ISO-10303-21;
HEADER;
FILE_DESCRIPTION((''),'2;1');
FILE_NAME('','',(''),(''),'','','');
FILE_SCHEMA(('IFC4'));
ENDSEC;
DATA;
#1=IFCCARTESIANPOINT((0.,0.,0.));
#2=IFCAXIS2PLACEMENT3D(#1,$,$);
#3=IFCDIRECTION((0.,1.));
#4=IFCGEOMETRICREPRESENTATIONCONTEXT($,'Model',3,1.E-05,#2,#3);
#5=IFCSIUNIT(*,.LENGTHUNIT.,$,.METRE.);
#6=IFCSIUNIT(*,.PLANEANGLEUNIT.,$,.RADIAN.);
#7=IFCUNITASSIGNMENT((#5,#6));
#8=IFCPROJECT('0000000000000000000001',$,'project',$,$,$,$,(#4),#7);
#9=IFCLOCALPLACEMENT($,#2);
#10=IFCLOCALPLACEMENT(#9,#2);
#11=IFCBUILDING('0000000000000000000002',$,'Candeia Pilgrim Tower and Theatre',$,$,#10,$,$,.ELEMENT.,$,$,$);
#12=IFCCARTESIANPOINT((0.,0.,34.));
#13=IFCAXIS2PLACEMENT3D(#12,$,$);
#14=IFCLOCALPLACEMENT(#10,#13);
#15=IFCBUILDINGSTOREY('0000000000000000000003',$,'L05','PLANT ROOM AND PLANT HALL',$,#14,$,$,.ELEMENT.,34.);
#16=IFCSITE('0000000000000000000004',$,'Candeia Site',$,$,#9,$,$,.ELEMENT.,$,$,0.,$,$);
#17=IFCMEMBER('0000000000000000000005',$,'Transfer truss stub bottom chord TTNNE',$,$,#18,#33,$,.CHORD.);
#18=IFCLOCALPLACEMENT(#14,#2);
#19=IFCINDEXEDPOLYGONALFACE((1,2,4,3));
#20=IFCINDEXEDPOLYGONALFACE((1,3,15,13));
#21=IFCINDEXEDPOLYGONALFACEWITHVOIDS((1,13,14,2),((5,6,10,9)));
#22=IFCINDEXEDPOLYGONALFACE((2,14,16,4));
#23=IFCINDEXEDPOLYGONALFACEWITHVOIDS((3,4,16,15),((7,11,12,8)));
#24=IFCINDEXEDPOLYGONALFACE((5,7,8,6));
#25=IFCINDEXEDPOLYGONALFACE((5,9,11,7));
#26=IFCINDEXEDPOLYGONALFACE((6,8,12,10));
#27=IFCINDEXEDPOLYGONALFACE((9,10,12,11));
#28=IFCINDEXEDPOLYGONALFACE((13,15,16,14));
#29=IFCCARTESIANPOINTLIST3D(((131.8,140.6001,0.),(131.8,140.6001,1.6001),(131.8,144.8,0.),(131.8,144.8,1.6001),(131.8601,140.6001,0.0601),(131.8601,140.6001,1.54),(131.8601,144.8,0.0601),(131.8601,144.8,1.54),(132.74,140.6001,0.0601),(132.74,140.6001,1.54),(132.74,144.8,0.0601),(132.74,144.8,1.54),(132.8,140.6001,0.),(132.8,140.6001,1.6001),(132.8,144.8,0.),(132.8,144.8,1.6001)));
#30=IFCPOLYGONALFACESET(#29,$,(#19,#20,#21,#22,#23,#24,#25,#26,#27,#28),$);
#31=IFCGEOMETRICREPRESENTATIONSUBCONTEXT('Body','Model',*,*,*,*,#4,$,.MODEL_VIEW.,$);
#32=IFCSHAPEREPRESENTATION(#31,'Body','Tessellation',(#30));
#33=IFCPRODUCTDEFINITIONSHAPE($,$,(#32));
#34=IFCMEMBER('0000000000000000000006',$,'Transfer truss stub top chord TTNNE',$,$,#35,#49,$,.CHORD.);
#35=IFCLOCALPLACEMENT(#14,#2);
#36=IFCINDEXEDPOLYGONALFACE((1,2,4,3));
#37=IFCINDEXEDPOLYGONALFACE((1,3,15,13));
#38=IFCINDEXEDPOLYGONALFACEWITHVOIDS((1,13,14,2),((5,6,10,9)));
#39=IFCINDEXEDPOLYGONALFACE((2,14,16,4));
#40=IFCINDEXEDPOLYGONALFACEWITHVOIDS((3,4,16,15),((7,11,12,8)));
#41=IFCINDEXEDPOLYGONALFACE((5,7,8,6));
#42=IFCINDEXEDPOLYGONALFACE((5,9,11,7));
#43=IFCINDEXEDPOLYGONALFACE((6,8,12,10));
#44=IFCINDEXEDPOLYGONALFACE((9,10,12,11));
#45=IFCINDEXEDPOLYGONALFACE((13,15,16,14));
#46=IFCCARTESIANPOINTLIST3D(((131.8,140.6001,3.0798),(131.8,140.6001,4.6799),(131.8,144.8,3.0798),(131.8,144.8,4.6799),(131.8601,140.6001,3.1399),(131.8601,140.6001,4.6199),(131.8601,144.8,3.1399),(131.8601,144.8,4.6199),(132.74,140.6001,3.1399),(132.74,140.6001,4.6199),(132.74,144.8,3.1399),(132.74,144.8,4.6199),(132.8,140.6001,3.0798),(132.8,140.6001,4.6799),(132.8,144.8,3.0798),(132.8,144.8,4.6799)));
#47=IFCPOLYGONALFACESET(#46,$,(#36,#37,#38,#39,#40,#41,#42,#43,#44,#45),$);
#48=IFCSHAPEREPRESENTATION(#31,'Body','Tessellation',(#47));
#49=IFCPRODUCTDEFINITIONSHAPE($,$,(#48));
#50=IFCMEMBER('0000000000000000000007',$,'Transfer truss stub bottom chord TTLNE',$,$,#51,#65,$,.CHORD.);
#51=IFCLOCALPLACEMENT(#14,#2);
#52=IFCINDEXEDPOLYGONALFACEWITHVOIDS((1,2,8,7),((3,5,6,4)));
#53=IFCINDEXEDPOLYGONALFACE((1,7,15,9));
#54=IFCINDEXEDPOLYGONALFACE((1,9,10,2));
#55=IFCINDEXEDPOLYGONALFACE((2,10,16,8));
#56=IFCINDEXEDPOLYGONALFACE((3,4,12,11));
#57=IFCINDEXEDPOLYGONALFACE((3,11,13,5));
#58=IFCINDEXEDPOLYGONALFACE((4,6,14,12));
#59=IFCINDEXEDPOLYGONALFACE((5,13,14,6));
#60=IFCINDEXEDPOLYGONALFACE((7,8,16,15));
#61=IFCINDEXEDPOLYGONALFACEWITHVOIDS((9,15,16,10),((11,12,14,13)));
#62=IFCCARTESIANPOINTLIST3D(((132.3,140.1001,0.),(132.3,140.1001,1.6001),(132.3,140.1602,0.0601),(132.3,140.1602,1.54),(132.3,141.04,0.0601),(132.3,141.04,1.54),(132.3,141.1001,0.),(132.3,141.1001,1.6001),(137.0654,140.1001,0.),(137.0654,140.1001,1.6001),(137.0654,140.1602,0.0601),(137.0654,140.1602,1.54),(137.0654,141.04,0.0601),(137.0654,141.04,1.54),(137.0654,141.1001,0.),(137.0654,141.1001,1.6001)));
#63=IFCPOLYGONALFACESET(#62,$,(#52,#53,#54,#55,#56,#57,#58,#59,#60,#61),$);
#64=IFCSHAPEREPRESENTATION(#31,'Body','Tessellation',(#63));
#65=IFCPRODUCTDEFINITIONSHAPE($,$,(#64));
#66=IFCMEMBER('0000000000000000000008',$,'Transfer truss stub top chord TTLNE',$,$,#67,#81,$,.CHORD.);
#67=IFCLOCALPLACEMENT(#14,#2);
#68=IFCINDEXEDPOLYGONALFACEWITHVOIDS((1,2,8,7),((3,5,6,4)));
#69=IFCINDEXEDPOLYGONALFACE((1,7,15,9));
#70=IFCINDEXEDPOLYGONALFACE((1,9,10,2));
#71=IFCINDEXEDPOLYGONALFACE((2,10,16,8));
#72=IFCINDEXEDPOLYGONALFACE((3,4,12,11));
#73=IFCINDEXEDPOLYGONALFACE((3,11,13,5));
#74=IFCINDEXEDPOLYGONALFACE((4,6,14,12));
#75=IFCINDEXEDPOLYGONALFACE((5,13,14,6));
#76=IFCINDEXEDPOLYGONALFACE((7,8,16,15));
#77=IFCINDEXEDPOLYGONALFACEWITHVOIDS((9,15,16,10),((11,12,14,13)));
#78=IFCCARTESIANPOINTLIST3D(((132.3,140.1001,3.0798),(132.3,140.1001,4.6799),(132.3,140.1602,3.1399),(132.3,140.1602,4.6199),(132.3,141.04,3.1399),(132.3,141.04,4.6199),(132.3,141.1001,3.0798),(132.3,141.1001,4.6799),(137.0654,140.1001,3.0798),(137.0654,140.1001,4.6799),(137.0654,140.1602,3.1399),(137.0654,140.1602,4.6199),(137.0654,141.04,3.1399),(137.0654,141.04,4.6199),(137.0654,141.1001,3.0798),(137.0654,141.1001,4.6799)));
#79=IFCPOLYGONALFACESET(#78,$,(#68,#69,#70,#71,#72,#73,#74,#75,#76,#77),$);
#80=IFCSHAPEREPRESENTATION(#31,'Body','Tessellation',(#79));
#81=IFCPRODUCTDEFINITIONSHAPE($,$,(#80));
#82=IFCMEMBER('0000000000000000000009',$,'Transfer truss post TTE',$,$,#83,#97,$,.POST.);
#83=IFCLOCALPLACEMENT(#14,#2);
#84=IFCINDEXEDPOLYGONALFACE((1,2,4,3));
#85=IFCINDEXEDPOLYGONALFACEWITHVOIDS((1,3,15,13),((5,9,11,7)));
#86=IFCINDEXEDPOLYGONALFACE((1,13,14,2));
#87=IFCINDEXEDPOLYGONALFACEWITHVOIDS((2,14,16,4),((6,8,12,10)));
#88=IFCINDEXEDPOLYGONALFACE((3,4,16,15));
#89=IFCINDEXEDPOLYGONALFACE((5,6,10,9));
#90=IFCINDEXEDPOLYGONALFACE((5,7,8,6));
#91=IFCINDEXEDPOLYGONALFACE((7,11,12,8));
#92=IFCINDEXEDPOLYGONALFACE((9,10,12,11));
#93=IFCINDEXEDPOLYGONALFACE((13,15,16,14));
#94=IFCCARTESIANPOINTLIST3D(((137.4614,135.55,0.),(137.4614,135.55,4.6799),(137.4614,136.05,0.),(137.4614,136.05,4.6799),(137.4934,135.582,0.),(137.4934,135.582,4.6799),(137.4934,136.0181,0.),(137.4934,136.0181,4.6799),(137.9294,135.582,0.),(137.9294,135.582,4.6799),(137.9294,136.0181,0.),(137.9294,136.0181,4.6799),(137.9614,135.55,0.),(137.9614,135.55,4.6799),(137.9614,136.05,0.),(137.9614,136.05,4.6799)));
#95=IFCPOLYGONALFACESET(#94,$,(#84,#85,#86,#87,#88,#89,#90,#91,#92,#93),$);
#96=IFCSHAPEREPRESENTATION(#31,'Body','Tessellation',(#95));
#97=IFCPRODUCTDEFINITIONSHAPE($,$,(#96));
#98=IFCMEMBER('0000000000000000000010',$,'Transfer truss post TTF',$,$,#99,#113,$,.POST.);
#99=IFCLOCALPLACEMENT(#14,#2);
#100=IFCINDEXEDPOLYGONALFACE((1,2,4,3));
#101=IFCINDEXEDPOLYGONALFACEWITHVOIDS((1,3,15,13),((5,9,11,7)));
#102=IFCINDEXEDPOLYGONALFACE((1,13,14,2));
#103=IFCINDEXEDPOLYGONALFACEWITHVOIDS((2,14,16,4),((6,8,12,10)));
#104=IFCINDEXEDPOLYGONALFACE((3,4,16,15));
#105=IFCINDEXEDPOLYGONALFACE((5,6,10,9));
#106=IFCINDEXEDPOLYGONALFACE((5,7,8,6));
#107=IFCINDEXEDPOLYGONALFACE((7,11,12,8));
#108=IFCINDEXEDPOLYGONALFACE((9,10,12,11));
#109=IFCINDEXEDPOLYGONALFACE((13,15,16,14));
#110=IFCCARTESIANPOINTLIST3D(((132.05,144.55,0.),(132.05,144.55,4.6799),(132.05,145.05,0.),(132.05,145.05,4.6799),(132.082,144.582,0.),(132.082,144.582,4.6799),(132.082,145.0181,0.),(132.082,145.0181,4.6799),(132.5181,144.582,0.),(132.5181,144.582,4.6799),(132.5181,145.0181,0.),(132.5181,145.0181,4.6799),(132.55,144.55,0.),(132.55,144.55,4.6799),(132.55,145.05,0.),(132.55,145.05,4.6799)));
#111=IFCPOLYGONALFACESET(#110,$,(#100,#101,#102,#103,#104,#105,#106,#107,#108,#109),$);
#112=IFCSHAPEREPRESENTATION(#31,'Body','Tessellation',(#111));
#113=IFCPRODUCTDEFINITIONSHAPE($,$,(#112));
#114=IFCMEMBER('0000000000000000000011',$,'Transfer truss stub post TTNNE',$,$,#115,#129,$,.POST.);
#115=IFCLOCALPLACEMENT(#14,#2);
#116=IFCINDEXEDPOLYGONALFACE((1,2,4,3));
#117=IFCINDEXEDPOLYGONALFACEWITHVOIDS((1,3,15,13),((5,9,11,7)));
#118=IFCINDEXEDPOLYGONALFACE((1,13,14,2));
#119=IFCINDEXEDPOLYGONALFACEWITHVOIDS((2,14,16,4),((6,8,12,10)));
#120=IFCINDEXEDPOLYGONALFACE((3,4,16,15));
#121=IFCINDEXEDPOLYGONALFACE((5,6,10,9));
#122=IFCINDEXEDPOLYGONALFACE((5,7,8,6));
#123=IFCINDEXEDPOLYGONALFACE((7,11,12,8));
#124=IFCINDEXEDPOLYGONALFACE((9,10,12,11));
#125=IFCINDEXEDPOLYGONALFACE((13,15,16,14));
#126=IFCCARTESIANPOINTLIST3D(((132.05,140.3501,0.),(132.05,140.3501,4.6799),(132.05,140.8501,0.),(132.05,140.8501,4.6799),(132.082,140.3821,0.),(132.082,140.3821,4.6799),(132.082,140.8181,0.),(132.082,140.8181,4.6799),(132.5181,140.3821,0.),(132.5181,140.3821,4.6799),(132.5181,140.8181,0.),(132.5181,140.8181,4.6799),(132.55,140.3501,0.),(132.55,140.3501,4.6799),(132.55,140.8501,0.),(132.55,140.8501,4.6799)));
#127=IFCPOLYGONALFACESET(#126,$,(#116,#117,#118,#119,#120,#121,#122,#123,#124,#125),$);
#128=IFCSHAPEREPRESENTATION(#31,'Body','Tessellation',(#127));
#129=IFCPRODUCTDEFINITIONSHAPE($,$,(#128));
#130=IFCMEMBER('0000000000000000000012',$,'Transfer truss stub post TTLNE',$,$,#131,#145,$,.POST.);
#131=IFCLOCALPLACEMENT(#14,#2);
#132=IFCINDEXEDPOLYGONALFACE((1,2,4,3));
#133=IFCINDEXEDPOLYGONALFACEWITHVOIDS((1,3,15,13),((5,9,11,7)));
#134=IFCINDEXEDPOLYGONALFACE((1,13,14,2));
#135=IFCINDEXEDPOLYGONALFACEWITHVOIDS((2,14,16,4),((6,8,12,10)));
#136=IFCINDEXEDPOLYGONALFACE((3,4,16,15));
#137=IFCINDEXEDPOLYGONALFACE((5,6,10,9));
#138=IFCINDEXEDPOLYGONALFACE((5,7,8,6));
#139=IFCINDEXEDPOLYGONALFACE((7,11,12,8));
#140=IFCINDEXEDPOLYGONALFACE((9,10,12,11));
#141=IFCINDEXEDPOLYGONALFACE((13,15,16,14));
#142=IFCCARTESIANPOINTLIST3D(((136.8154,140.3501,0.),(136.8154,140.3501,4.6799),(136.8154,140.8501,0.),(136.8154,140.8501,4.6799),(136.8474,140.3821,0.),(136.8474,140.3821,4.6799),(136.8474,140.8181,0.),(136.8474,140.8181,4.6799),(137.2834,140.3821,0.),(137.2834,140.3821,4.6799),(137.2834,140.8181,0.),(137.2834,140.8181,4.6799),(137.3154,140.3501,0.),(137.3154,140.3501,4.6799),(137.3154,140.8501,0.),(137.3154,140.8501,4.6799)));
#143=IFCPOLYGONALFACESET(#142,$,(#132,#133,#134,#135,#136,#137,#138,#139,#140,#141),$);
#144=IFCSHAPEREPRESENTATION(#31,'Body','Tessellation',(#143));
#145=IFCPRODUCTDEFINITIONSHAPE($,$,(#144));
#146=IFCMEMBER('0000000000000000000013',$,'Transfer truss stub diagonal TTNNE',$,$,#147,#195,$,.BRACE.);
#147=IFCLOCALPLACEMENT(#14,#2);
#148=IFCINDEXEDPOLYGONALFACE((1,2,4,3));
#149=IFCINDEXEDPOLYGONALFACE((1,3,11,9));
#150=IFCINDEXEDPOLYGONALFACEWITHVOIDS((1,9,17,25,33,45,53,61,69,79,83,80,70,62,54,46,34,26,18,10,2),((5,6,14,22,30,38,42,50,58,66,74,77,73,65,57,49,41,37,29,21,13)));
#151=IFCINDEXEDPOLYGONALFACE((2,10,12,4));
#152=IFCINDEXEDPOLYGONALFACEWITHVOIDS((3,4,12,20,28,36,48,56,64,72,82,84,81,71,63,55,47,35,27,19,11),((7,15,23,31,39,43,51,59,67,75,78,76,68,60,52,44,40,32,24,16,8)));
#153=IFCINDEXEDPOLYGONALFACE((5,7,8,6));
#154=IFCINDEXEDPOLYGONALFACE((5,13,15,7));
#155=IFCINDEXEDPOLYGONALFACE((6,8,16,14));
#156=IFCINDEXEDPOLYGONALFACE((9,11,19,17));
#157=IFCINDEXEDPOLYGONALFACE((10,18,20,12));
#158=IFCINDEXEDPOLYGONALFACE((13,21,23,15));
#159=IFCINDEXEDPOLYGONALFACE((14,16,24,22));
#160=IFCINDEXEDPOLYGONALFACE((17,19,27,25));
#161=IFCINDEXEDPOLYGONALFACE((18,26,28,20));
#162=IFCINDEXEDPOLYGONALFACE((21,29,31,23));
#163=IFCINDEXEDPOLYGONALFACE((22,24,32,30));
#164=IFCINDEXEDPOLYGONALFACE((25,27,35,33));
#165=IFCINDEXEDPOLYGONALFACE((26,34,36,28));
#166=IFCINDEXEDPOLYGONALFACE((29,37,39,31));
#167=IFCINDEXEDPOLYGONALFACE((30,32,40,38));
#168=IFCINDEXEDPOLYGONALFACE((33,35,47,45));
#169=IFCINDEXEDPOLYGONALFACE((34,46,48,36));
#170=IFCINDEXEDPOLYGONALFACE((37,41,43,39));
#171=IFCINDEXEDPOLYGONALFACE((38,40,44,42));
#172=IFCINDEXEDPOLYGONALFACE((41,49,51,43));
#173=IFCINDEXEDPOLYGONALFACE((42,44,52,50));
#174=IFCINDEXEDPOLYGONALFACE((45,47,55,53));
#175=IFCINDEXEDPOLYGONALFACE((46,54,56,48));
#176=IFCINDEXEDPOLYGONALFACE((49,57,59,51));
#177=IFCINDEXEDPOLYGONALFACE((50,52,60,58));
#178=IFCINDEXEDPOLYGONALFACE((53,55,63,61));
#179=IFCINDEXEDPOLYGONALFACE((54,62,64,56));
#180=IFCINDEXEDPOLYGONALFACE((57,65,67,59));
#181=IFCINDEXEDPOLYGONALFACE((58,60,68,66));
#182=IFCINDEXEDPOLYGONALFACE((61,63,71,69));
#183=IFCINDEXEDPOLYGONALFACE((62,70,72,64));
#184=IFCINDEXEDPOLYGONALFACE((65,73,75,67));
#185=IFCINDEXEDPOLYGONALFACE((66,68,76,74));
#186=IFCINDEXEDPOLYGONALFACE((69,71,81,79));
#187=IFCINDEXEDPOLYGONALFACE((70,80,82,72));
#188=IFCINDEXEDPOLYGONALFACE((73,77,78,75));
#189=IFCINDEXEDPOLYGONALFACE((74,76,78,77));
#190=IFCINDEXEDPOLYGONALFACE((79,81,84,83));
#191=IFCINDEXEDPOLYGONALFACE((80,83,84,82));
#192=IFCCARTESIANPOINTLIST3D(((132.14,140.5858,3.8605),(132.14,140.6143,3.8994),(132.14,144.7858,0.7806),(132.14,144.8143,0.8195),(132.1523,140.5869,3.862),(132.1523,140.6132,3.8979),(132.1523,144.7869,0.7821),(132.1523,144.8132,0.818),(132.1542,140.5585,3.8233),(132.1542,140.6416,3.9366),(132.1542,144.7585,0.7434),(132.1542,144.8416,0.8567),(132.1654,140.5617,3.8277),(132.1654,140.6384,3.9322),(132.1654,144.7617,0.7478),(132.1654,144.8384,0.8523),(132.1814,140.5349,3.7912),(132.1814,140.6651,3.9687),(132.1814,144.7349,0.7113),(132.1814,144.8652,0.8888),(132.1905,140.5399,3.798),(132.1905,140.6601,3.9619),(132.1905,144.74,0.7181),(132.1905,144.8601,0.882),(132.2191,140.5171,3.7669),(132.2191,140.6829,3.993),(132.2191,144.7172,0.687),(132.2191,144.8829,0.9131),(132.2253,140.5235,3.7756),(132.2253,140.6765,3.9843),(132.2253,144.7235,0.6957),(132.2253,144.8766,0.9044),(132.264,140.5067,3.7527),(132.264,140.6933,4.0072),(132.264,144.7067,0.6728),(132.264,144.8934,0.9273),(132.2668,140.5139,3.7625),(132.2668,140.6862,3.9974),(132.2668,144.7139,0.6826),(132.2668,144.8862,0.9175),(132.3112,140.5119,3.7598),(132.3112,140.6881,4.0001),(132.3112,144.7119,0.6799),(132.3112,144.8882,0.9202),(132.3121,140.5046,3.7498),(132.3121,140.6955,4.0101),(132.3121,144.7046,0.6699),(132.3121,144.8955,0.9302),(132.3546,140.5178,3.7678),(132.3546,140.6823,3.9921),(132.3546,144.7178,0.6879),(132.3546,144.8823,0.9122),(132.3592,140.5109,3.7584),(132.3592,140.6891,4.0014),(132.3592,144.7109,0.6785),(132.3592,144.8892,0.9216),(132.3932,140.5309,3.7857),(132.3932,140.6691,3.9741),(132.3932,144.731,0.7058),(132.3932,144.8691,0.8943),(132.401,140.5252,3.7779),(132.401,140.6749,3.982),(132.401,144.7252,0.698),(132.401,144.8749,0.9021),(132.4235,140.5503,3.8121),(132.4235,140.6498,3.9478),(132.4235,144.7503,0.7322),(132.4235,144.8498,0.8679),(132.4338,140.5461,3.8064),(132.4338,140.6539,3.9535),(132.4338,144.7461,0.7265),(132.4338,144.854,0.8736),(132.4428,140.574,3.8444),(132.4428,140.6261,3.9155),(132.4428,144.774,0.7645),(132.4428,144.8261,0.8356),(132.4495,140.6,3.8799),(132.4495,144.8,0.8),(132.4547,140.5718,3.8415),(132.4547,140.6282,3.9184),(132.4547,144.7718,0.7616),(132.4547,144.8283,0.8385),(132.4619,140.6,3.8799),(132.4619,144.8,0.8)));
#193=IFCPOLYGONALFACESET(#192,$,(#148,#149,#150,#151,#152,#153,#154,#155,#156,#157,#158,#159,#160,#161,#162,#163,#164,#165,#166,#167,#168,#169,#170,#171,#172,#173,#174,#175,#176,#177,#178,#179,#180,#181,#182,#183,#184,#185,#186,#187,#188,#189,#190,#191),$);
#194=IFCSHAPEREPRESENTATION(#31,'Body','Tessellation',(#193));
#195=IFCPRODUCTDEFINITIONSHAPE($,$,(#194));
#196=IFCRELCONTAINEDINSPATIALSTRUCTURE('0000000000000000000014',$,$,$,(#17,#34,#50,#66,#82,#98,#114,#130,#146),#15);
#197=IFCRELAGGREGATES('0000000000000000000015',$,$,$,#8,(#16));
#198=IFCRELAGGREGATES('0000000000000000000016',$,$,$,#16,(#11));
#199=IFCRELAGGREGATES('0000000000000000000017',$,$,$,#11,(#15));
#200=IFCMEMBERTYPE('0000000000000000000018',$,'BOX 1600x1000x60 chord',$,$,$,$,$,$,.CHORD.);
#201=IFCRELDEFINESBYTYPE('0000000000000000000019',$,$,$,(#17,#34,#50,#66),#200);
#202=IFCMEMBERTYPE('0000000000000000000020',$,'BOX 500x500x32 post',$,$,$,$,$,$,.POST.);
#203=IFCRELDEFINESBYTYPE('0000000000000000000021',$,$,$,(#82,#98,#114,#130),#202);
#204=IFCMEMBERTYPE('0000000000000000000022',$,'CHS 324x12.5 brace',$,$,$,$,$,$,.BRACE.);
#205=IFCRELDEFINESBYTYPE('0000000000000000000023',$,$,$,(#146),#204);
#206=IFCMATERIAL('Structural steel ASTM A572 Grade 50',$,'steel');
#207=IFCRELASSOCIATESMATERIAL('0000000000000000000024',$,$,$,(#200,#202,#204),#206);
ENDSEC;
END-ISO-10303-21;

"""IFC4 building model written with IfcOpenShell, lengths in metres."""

from ifc_helpers import new_model, si_unit, direction, frame, origin, origin_2d, place, context, subcontext, project, spatial, hollow_rectangle, hollow_circle, extrude, material, material_profile, profile_set, type_object, element, save


model = new_model("IFC4")

# Units and contexts
model_context = context("Model", 3, precision=1e-05, world=origin(), true_north=direction((0.0, 1.0)))
body_context = subcontext(model_context, "Body", "Model", "MODEL_VIEW")
ifc_project = project(units=[si_unit("LENGTHUNIT", "METRE"), si_unit("PLANEANGLEUNIT", "RADIAN")], contexts=[model_context])

# Site, building, storey
site_placement = place(None, origin())
site = spatial("IfcSite", under=ifc_project, at=site_placement, Name="Candeia Site", CompositionType="ELEMENT", RefElevation=0.0)
building_placement = place(site_placement, origin())
building = spatial("IfcBuilding", under=site, at=building_placement, Name="Candeia Pilgrim Tower and Theatre", CompositionType="ELEMENT")
storey_placement = place(building_placement, frame((0.0, 0.0, 34.0)))
storey = spatial("IfcBuildingStorey", under=building, at=storey_placement, Name="L05", Description="PLANT ROOM AND PLANT HALL", CompositionType="ELEMENT", Elevation=34.0)

# Members
ifc_material_1 = material(Name="Structural steel ASTM A572 Grade 50", Category="steel")
ifc_material_profile_1 = material_profile(ifc_material_1, hollow_rectangle(XDim=1.0, YDim=1.6001, WallThickness=0.0601, at=origin_2d()))
ifc_profile_set_1 = profile_set([ifc_material_profile_1], Name="Structural steel ASTM A572 Grade 50")
member_type_1 = type_object("IfcMemberType", Name="BOX 1600x1000x60 chord", PredefinedType="CHORD", material=ifc_profile_set_1)
for number, where, z_axis, x_axis, name in (
    (1, (132.3, 144.8, 0.8), (0.0, -1.0, 0.0), (1.0, 0.0, 0.0), "Transfer truss stub bottom chord TTNNE"),
    (2, (132.3, 144.8, 3.8799), (0.0, -1.0, 0.0), (1.0, 0.0, 0.0), "Transfer truss stub top chord TTNNE"),
):
    element("IfcMember", number, at=place(storey_placement, frame(where, z_axis=z_axis, x_axis=x_axis)), inside=storey, type_object=member_type_1, Name=name, PredefinedType="CHORD", context=body_context, shape_type="SweptSolid", body=[
        extrude(hollow_rectangle(XDim=1.0, YDim=1.6001, WallThickness=0.0601, at=origin_2d()), origin(), (0.0, 0.0, 1.0), 4.2),
    ])
for number, where, z_axis, x_axis, name in (
    (3, (132.3, 140.6001, 0.8), (1.0, 0.0, 0.0), (0.0, 1.0, 0.0), "Transfer truss stub bottom chord TTLNE"),
    (4, (132.3, 140.6001, 3.8799), (1.0, 0.0, 0.0), (0.0, 1.0, 0.0), "Transfer truss stub top chord TTLNE"),
):
    element("IfcMember", number, at=place(storey_placement, frame(where, z_axis=z_axis, x_axis=x_axis)), inside=storey, type_object=member_type_1, Name=name, PredefinedType="CHORD", context=body_context, shape_type="SweptSolid", body=[
        extrude(hollow_rectangle(XDim=1.0, YDim=1.6001, WallThickness=0.0601, at=origin_2d()), origin(), (0.0, 0.0, 1.0), 4.7654),
    ])
ifc_material_profile_2 = material_profile(ifc_material_1, hollow_rectangle(XDim=0.5, YDim=0.5, WallThickness=0.032, at=origin_2d()))
ifc_profile_set_2 = profile_set([ifc_material_profile_2], Name="Structural steel ASTM A572 Grade 50")
member_type_2 = type_object("IfcMemberType", Name="BOX 500x500x32 post", PredefinedType="POST", material=ifc_profile_set_2)
for number, where, z_axis, x_axis, name in (
    (5, (137.7114, 135.8, 0.0), (0.0, 0.0, 1.0), (1.0, 0.0, 0.0), "Transfer truss post TTE"),
    (6, (132.3, 144.8, 0.0), (0.0, 0.0, 1.0), (1.0, 0.0, 0.0), "Transfer truss post TTF"),
    (7, (132.3, 140.6001, 0.0), (0.0, 0.0, 1.0), (1.0, 0.0, 0.0), "Transfer truss stub post TTNNE"),
    (8, (137.0654, 140.6001, 0.0), (0.0, 0.0, 1.0), (1.0, 0.0, 0.0), "Transfer truss stub post TTLNE"),
):
    element("IfcMember", number, at=place(storey_placement, frame(where, z_axis=z_axis, x_axis=x_axis)), inside=storey, type_object=member_type_2, Name=name, PredefinedType="POST", context=body_context, shape_type="SweptSolid", body=[
        extrude(hollow_rectangle(XDim=0.5, YDim=0.5, WallThickness=0.032, at=origin_2d()), origin(), (0.0, 0.0, 1.0), 4.6799),
    ])
ifc_material_profile_3 = material_profile(ifc_material_1, hollow_circle(Radius=0.1619, WallThickness=0.0125, at=origin_2d()))
ifc_profile_set_3 = profile_set([ifc_material_profile_3], Name="Structural steel ASTM A572 Grade 50")
member_type_3 = type_object("IfcMemberType", Name="CHS 324x12.5 brace", PredefinedType="BRACE", material=ifc_profile_set_3)
member_1_placement = place(storey_placement, frame((132.3, 144.8, 0.8), z_axis=(0.0, -0.806417, 0.591347), x_axis=(1.0, 0.0, 0.0)))
element("IfcMember", 9, at=member_1_placement, inside=storey, type_object=member_type_3, Name="Transfer truss stub diagonal TTNNE", PredefinedType="BRACE", context=body_context, shape_type="SweptSolid", body=[
    extrude(hollow_circle(Radius=0.1619, WallThickness=0.0125, at=origin_2d()), origin(), (0.0, 0.0, 1.0), 5.2083),
])

save(model, "model.ifc")
